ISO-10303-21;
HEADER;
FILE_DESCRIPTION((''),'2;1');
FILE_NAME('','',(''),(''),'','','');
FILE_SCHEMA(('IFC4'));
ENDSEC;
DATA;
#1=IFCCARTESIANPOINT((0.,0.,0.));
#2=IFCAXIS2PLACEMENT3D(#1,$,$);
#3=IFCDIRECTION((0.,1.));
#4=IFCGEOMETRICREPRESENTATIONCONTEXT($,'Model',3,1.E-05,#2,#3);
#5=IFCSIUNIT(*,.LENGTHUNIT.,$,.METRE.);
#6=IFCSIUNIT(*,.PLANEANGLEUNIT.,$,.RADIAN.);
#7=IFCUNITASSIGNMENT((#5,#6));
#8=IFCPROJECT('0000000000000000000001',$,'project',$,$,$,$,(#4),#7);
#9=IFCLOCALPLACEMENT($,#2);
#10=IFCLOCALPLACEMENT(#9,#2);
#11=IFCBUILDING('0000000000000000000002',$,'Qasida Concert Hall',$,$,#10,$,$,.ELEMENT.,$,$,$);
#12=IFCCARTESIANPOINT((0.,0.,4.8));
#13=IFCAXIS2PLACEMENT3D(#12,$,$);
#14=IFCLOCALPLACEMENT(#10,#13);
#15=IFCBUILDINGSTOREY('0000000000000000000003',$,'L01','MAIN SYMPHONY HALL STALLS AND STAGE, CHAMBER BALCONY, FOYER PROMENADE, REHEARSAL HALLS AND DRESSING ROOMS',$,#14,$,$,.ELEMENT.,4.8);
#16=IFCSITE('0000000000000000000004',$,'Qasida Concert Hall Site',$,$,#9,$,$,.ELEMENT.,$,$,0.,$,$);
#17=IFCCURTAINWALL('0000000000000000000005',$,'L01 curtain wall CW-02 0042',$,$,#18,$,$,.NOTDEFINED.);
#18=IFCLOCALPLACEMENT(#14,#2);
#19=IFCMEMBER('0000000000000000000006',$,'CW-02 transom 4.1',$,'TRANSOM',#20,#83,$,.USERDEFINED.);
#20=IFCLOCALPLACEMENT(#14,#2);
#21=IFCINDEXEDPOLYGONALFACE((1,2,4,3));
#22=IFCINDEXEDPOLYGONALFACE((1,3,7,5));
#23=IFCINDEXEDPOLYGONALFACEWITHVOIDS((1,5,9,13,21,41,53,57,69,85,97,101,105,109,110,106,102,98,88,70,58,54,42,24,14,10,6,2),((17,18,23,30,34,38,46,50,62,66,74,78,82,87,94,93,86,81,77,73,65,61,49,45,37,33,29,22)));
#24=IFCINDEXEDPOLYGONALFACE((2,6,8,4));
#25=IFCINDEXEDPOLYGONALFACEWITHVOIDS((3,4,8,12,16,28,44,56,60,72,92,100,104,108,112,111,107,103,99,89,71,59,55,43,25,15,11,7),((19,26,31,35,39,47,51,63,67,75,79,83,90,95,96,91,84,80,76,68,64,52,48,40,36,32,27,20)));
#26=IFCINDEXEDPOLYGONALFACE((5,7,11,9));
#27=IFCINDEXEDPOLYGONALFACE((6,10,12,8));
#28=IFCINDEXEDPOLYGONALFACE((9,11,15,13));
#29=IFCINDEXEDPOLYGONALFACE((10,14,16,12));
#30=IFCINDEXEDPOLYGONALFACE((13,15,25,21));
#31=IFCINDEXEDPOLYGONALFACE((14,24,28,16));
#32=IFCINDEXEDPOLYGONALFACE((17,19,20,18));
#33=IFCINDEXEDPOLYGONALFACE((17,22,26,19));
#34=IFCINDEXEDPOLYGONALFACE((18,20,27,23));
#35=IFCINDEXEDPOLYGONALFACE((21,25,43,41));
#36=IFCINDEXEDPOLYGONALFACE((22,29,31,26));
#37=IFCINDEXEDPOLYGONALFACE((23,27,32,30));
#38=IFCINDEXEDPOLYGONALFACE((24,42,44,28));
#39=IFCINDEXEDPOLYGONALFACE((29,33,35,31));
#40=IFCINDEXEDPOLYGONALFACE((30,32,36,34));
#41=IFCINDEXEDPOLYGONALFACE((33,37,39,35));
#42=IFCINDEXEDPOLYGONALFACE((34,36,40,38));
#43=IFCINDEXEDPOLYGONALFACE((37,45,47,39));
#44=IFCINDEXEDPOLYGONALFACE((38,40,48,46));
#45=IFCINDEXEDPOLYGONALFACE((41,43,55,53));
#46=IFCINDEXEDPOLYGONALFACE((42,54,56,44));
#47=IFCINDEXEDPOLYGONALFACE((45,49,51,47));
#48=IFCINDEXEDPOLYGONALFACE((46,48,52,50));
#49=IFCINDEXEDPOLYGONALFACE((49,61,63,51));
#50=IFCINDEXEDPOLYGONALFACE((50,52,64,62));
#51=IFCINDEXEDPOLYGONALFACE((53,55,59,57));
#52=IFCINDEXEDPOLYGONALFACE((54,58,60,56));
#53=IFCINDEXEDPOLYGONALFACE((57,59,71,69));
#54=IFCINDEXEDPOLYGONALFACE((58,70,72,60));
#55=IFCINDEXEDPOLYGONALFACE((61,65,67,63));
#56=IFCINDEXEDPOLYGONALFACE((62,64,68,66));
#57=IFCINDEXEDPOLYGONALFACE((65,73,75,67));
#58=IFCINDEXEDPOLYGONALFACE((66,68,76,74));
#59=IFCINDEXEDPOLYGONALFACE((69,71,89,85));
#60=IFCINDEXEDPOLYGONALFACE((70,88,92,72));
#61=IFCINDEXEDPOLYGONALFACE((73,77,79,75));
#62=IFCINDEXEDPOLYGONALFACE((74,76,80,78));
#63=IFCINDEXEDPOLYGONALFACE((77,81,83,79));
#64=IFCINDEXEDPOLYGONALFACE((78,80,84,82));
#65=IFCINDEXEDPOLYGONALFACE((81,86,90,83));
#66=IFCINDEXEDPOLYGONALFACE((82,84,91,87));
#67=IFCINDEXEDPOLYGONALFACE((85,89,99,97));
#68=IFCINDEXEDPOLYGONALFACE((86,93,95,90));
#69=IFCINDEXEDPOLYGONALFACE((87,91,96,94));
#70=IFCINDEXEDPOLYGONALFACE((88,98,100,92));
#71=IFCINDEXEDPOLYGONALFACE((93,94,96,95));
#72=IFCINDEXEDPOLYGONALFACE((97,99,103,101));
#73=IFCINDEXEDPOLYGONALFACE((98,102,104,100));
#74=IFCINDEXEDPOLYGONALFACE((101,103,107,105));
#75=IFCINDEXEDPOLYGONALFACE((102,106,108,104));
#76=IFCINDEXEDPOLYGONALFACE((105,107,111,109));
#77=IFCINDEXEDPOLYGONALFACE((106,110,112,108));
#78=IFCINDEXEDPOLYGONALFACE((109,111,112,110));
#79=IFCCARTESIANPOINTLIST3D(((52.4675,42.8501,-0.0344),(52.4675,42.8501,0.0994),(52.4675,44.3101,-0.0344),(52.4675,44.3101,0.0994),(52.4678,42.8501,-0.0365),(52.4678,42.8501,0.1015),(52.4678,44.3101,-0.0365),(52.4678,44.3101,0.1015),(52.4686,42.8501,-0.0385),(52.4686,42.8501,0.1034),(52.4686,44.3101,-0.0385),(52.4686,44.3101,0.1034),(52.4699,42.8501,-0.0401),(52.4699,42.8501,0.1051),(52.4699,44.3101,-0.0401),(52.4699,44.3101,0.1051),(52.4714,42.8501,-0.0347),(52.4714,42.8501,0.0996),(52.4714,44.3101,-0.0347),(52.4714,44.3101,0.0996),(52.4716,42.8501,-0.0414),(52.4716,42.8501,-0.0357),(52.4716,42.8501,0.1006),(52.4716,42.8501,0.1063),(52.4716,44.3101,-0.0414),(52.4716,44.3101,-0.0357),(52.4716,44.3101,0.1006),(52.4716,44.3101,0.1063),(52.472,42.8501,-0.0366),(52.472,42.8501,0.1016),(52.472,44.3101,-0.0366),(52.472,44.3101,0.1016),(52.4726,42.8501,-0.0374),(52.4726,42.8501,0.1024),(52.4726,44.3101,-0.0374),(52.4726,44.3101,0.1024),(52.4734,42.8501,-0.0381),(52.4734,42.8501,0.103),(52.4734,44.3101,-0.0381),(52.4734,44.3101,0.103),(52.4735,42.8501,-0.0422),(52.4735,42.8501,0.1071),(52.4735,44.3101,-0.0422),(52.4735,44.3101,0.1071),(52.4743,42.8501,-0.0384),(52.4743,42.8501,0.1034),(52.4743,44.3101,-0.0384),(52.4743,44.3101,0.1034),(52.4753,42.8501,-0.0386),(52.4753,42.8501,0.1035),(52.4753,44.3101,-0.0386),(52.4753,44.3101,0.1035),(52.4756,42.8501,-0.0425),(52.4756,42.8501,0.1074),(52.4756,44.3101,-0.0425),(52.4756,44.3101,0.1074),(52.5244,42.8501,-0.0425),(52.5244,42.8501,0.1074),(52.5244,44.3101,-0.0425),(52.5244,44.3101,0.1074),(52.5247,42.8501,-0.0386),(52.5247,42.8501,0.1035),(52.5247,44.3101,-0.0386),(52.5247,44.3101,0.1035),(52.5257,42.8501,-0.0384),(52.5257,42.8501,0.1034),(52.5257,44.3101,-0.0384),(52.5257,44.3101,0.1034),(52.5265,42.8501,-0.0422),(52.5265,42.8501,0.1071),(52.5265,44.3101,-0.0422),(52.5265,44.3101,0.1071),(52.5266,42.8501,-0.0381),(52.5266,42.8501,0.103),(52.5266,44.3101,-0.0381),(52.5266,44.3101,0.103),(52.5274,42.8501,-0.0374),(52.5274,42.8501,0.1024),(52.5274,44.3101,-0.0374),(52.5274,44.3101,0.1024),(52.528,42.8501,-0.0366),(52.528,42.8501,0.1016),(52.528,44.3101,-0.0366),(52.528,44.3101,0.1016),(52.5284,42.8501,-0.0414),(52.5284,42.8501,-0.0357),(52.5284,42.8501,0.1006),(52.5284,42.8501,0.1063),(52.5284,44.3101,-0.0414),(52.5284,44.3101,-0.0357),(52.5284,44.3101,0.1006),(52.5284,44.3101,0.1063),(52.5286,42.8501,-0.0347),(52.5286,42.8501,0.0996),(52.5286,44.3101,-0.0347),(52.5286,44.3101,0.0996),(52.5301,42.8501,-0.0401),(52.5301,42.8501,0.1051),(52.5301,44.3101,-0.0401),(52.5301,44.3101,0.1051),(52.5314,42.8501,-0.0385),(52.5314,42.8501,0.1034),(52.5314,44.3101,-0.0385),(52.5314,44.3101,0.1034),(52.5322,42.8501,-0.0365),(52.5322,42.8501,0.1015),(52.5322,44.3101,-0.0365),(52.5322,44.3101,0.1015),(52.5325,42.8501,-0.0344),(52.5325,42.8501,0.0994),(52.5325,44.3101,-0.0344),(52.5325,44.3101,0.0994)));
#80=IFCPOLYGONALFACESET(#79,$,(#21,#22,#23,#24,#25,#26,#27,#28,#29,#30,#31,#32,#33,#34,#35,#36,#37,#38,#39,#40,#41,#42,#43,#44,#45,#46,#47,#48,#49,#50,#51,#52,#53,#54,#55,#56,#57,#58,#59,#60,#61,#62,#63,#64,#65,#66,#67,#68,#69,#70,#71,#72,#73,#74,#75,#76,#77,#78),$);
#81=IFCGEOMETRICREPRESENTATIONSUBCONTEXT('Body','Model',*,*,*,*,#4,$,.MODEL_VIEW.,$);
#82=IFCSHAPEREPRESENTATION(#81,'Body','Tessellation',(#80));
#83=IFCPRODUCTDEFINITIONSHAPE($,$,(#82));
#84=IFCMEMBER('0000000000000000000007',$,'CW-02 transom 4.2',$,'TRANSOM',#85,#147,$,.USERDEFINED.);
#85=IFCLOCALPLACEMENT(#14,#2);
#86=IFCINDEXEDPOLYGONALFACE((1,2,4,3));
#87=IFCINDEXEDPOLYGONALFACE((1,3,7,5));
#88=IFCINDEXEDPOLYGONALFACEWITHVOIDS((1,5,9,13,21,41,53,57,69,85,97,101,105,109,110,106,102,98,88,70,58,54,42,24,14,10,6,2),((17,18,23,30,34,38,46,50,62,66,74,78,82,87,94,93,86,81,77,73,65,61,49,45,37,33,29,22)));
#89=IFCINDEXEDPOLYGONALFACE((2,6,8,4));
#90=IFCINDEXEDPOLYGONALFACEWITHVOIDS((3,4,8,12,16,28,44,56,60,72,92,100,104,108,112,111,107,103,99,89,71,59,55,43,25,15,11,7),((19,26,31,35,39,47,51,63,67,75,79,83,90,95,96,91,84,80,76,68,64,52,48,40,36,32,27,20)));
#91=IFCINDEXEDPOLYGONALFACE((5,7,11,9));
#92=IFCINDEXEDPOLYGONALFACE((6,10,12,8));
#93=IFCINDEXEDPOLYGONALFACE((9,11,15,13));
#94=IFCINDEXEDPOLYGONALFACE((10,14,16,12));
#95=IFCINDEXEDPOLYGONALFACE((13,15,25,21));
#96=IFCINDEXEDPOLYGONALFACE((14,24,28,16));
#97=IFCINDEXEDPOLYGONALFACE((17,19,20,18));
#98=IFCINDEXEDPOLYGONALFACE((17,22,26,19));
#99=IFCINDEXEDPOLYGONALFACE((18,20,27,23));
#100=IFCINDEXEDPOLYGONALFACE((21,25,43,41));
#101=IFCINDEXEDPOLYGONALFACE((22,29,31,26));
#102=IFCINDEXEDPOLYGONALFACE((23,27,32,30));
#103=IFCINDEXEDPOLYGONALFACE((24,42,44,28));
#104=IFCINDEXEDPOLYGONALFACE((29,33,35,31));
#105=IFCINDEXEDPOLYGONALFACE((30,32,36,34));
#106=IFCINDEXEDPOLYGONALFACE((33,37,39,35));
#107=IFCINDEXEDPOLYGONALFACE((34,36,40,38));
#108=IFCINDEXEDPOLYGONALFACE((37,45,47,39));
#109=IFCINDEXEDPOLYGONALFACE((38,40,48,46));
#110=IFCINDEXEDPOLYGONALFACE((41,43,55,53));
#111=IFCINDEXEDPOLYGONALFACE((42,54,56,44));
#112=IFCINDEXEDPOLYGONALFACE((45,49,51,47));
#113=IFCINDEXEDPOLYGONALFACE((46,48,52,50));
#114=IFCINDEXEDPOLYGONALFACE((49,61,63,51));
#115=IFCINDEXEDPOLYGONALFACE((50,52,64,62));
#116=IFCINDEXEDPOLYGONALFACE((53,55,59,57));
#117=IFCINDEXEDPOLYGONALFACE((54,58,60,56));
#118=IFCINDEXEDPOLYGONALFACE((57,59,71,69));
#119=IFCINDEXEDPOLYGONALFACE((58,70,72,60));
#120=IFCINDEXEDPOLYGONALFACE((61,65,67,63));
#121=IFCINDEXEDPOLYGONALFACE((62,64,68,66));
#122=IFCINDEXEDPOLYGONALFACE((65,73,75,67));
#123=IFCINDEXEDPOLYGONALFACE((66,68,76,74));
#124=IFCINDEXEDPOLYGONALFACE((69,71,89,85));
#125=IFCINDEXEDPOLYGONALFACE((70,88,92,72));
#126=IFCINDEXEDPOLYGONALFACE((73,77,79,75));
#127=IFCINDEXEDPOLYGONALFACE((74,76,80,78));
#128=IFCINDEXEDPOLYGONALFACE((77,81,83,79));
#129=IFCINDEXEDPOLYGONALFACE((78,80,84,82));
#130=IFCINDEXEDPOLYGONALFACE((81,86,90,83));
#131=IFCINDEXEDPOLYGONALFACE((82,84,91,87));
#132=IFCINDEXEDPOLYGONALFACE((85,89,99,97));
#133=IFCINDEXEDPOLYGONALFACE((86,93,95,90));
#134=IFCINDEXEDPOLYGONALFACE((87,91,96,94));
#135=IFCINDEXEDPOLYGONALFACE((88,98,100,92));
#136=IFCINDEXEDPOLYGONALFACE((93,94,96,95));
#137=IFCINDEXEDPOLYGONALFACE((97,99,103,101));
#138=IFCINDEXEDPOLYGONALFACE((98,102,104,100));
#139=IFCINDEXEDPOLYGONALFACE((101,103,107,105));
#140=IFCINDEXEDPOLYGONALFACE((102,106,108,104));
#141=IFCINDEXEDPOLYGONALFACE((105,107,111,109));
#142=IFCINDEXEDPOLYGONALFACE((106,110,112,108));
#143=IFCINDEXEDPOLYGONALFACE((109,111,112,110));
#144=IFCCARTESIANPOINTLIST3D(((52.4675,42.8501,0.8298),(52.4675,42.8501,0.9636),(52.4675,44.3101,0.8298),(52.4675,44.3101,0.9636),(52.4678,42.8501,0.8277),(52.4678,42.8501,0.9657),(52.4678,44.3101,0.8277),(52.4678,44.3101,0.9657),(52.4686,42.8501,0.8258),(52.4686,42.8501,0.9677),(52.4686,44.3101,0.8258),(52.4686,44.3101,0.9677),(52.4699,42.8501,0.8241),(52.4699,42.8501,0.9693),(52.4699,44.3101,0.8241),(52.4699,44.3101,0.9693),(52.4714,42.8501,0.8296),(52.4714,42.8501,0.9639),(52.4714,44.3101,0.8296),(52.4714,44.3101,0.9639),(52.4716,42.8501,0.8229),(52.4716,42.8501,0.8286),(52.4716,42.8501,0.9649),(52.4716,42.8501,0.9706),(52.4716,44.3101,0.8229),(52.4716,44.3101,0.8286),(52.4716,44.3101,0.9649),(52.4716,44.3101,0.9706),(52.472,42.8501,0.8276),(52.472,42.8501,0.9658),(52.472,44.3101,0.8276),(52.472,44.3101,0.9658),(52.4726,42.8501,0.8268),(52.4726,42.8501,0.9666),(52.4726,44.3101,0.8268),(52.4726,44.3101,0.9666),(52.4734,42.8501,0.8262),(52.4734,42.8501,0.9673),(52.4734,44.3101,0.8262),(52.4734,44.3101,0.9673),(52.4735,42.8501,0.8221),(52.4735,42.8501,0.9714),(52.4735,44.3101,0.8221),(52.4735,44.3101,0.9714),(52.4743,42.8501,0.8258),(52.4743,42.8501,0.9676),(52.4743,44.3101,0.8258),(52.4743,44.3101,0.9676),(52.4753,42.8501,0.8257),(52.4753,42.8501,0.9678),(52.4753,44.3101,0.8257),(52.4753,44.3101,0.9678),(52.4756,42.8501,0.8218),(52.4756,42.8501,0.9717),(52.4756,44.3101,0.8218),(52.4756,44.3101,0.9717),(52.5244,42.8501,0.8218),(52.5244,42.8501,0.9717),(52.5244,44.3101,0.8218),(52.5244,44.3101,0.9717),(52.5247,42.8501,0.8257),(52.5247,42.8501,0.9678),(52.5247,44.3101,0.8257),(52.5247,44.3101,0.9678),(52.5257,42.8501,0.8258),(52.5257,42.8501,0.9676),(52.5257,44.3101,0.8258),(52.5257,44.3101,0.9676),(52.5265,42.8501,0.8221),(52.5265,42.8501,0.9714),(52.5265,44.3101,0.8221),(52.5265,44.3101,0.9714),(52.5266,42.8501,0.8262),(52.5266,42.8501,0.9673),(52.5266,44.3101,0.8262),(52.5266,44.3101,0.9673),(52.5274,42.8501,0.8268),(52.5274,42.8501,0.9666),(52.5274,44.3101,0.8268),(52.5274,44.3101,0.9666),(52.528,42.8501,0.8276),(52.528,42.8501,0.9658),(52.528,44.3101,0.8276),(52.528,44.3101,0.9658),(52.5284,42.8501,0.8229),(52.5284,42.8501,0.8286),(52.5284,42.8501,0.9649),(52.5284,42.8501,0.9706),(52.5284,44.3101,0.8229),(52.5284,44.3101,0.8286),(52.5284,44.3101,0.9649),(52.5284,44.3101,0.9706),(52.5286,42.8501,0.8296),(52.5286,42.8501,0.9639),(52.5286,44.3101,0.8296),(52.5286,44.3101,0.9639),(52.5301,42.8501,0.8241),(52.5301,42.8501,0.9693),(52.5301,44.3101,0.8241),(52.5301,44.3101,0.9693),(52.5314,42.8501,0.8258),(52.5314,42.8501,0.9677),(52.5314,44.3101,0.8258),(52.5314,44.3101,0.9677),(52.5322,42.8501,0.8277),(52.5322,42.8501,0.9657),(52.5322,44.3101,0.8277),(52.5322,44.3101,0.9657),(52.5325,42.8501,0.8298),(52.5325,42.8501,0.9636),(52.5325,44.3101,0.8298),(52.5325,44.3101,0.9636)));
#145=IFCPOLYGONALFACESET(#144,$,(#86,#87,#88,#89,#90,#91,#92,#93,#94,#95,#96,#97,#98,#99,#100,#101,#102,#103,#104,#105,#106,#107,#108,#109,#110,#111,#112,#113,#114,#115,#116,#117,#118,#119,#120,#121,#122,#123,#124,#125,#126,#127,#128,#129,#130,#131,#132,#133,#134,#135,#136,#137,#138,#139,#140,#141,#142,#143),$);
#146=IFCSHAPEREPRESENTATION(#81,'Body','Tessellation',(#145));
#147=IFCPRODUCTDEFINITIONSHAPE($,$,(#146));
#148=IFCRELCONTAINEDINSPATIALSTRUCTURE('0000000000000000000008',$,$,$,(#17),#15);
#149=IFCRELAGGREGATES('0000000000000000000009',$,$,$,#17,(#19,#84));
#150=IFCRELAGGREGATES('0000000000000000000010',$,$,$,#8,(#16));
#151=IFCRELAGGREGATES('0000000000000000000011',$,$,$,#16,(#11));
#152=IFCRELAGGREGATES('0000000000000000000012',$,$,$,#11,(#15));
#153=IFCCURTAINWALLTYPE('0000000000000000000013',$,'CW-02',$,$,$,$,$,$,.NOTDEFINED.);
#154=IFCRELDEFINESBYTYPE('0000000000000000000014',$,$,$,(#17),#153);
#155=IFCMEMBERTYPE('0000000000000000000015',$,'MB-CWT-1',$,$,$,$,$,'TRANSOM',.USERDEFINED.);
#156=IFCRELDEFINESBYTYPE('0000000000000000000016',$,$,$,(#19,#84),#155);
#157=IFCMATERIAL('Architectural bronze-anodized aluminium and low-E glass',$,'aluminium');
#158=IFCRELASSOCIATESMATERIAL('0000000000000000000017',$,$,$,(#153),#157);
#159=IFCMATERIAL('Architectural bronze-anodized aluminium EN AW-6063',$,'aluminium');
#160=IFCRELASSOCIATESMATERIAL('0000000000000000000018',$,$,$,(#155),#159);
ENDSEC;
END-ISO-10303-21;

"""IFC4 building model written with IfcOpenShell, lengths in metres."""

from ifc_helpers import new_model, si_unit, direction, frame, origin, origin_2d, place, context, subcontext, project, spatial, hollow_rectangle, extrude, material, material_profile, profile_set, type_object, element, aggregate, save


model = new_model("IFC4")

# Units and contexts
model_context = context("Model", 3, precision=1e-05, world=origin(), true_north=direction((0.0, 1.0)))
body_context = subcontext(model_context, "Body", "Model", "MODEL_VIEW")
ifc_project = project(units=[si_unit("LENGTHUNIT", "METRE"), si_unit("PLANEANGLEUNIT", "RADIAN")], contexts=[model_context])

# Site, building, storey
site_placement = place(None, origin())
site = spatial("IfcSite", under=ifc_project, at=site_placement, Name="Qasida Concert Hall Site", CompositionType="ELEMENT", RefElevation=0.0)
building_placement = place(site_placement, origin())
building = spatial("IfcBuilding", under=site, at=building_placement, Name="Qasida Concert Hall", CompositionType="ELEMENT")
storey_placement = place(building_placement, frame((0.0, 0.0, 4.8)))
storey = spatial("IfcBuildingStorey", under=building, at=storey_placement, Name="L01", Description="MAIN SYMPHONY HALL STALLS AND STAGE, CHAMBER BALCONY, FOYER PROMENADE, REHEARSAL HALLS AND DRESSING ROOMS", CompositionType="ELEMENT", Elevation=4.8)

# Curtain wall
ifc_material_1 = material(Name="Architectural bronze-anodized aluminium and low-E glass", Category="aluminium")
curtain_wall_type_1 = type_object("IfcCurtainWallType", Name="CW-02", PredefinedType="NOTDEFINED", material=ifc_material_1)
curtain_wall_1_placement = place(storey_placement, origin())
curtain_wall_1 = element("IfcCurtainWall", 1, at=curtain_wall_1_placement, inside=storey, type_object=curtain_wall_type_1, Name="L01 curtain wall CW-02 0042", PredefinedType="NOTDEFINED")
ifc_material_2 = material(Name="Architectural bronze-anodized aluminium EN AW-6063", Category="aluminium")

# Members
ifc_material_profile_1 = material_profile(ifc_material_2, hollow_rectangle(XDim=0.0649, YDim=0.1499, WallThickness=0.0039, InnerFilletRadius=0.0039, OuterFilletRadius=0.0081, at=origin_2d()), Name="CWT 150x65x4")
ifc_profile_set_1 = profile_set([ifc_material_profile_1], Name="Architectural bronze-anodized aluminium EN AW-6063")
member_type_1 = type_object("IfcMemberType", Name="MB-CWT-1", ElementType="TRANSOM", PredefinedType="USERDEFINED", material=ifc_profile_set_1)
member_1_placement = place(storey_placement, frame((52.5, 42.8501, 0.0325), z_axis=(0.0, 1.0, 0.0), x_axis=(-1.0, 0.0, 0.0)))
member_1 = element("IfcMember", 2, at=member_1_placement, type_object=member_type_1, Name="CW-02 transom 4.1", ObjectType="TRANSOM", PredefinedType="USERDEFINED", context=body_context, shape_type="SweptSolid", body=[
    extrude(hollow_rectangle(XDim=0.0649, YDim=0.1499, WallThickness=0.0039, InnerFilletRadius=0.0039, OuterFilletRadius=0.0081, at=origin_2d()), origin(), (0.0, 0.0, 1.0), 1.46),
])
member_2_placement = place(storey_placement, frame((52.5, 42.8501, 0.8967), z_axis=(0.0, 1.0, 0.0), x_axis=(-1.0, 0.0, 0.0)))
member_2 = element("IfcMember", 3, at=member_2_placement, type_object=member_type_1, Name="CW-02 transom 4.2", ObjectType="TRANSOM", PredefinedType="USERDEFINED", context=body_context, shape_type="SweptSolid", body=[
    extrude(hollow_rectangle(XDim=0.0649, YDim=0.1499, WallThickness=0.0039, InnerFilletRadius=0.0039, OuterFilletRadius=0.0081, at=origin_2d()), origin(), (0.0, 0.0, 1.0), 1.46),
])

aggregate(curtain_wall_1, [member_1, member_2])

save(model, "model.ifc")
